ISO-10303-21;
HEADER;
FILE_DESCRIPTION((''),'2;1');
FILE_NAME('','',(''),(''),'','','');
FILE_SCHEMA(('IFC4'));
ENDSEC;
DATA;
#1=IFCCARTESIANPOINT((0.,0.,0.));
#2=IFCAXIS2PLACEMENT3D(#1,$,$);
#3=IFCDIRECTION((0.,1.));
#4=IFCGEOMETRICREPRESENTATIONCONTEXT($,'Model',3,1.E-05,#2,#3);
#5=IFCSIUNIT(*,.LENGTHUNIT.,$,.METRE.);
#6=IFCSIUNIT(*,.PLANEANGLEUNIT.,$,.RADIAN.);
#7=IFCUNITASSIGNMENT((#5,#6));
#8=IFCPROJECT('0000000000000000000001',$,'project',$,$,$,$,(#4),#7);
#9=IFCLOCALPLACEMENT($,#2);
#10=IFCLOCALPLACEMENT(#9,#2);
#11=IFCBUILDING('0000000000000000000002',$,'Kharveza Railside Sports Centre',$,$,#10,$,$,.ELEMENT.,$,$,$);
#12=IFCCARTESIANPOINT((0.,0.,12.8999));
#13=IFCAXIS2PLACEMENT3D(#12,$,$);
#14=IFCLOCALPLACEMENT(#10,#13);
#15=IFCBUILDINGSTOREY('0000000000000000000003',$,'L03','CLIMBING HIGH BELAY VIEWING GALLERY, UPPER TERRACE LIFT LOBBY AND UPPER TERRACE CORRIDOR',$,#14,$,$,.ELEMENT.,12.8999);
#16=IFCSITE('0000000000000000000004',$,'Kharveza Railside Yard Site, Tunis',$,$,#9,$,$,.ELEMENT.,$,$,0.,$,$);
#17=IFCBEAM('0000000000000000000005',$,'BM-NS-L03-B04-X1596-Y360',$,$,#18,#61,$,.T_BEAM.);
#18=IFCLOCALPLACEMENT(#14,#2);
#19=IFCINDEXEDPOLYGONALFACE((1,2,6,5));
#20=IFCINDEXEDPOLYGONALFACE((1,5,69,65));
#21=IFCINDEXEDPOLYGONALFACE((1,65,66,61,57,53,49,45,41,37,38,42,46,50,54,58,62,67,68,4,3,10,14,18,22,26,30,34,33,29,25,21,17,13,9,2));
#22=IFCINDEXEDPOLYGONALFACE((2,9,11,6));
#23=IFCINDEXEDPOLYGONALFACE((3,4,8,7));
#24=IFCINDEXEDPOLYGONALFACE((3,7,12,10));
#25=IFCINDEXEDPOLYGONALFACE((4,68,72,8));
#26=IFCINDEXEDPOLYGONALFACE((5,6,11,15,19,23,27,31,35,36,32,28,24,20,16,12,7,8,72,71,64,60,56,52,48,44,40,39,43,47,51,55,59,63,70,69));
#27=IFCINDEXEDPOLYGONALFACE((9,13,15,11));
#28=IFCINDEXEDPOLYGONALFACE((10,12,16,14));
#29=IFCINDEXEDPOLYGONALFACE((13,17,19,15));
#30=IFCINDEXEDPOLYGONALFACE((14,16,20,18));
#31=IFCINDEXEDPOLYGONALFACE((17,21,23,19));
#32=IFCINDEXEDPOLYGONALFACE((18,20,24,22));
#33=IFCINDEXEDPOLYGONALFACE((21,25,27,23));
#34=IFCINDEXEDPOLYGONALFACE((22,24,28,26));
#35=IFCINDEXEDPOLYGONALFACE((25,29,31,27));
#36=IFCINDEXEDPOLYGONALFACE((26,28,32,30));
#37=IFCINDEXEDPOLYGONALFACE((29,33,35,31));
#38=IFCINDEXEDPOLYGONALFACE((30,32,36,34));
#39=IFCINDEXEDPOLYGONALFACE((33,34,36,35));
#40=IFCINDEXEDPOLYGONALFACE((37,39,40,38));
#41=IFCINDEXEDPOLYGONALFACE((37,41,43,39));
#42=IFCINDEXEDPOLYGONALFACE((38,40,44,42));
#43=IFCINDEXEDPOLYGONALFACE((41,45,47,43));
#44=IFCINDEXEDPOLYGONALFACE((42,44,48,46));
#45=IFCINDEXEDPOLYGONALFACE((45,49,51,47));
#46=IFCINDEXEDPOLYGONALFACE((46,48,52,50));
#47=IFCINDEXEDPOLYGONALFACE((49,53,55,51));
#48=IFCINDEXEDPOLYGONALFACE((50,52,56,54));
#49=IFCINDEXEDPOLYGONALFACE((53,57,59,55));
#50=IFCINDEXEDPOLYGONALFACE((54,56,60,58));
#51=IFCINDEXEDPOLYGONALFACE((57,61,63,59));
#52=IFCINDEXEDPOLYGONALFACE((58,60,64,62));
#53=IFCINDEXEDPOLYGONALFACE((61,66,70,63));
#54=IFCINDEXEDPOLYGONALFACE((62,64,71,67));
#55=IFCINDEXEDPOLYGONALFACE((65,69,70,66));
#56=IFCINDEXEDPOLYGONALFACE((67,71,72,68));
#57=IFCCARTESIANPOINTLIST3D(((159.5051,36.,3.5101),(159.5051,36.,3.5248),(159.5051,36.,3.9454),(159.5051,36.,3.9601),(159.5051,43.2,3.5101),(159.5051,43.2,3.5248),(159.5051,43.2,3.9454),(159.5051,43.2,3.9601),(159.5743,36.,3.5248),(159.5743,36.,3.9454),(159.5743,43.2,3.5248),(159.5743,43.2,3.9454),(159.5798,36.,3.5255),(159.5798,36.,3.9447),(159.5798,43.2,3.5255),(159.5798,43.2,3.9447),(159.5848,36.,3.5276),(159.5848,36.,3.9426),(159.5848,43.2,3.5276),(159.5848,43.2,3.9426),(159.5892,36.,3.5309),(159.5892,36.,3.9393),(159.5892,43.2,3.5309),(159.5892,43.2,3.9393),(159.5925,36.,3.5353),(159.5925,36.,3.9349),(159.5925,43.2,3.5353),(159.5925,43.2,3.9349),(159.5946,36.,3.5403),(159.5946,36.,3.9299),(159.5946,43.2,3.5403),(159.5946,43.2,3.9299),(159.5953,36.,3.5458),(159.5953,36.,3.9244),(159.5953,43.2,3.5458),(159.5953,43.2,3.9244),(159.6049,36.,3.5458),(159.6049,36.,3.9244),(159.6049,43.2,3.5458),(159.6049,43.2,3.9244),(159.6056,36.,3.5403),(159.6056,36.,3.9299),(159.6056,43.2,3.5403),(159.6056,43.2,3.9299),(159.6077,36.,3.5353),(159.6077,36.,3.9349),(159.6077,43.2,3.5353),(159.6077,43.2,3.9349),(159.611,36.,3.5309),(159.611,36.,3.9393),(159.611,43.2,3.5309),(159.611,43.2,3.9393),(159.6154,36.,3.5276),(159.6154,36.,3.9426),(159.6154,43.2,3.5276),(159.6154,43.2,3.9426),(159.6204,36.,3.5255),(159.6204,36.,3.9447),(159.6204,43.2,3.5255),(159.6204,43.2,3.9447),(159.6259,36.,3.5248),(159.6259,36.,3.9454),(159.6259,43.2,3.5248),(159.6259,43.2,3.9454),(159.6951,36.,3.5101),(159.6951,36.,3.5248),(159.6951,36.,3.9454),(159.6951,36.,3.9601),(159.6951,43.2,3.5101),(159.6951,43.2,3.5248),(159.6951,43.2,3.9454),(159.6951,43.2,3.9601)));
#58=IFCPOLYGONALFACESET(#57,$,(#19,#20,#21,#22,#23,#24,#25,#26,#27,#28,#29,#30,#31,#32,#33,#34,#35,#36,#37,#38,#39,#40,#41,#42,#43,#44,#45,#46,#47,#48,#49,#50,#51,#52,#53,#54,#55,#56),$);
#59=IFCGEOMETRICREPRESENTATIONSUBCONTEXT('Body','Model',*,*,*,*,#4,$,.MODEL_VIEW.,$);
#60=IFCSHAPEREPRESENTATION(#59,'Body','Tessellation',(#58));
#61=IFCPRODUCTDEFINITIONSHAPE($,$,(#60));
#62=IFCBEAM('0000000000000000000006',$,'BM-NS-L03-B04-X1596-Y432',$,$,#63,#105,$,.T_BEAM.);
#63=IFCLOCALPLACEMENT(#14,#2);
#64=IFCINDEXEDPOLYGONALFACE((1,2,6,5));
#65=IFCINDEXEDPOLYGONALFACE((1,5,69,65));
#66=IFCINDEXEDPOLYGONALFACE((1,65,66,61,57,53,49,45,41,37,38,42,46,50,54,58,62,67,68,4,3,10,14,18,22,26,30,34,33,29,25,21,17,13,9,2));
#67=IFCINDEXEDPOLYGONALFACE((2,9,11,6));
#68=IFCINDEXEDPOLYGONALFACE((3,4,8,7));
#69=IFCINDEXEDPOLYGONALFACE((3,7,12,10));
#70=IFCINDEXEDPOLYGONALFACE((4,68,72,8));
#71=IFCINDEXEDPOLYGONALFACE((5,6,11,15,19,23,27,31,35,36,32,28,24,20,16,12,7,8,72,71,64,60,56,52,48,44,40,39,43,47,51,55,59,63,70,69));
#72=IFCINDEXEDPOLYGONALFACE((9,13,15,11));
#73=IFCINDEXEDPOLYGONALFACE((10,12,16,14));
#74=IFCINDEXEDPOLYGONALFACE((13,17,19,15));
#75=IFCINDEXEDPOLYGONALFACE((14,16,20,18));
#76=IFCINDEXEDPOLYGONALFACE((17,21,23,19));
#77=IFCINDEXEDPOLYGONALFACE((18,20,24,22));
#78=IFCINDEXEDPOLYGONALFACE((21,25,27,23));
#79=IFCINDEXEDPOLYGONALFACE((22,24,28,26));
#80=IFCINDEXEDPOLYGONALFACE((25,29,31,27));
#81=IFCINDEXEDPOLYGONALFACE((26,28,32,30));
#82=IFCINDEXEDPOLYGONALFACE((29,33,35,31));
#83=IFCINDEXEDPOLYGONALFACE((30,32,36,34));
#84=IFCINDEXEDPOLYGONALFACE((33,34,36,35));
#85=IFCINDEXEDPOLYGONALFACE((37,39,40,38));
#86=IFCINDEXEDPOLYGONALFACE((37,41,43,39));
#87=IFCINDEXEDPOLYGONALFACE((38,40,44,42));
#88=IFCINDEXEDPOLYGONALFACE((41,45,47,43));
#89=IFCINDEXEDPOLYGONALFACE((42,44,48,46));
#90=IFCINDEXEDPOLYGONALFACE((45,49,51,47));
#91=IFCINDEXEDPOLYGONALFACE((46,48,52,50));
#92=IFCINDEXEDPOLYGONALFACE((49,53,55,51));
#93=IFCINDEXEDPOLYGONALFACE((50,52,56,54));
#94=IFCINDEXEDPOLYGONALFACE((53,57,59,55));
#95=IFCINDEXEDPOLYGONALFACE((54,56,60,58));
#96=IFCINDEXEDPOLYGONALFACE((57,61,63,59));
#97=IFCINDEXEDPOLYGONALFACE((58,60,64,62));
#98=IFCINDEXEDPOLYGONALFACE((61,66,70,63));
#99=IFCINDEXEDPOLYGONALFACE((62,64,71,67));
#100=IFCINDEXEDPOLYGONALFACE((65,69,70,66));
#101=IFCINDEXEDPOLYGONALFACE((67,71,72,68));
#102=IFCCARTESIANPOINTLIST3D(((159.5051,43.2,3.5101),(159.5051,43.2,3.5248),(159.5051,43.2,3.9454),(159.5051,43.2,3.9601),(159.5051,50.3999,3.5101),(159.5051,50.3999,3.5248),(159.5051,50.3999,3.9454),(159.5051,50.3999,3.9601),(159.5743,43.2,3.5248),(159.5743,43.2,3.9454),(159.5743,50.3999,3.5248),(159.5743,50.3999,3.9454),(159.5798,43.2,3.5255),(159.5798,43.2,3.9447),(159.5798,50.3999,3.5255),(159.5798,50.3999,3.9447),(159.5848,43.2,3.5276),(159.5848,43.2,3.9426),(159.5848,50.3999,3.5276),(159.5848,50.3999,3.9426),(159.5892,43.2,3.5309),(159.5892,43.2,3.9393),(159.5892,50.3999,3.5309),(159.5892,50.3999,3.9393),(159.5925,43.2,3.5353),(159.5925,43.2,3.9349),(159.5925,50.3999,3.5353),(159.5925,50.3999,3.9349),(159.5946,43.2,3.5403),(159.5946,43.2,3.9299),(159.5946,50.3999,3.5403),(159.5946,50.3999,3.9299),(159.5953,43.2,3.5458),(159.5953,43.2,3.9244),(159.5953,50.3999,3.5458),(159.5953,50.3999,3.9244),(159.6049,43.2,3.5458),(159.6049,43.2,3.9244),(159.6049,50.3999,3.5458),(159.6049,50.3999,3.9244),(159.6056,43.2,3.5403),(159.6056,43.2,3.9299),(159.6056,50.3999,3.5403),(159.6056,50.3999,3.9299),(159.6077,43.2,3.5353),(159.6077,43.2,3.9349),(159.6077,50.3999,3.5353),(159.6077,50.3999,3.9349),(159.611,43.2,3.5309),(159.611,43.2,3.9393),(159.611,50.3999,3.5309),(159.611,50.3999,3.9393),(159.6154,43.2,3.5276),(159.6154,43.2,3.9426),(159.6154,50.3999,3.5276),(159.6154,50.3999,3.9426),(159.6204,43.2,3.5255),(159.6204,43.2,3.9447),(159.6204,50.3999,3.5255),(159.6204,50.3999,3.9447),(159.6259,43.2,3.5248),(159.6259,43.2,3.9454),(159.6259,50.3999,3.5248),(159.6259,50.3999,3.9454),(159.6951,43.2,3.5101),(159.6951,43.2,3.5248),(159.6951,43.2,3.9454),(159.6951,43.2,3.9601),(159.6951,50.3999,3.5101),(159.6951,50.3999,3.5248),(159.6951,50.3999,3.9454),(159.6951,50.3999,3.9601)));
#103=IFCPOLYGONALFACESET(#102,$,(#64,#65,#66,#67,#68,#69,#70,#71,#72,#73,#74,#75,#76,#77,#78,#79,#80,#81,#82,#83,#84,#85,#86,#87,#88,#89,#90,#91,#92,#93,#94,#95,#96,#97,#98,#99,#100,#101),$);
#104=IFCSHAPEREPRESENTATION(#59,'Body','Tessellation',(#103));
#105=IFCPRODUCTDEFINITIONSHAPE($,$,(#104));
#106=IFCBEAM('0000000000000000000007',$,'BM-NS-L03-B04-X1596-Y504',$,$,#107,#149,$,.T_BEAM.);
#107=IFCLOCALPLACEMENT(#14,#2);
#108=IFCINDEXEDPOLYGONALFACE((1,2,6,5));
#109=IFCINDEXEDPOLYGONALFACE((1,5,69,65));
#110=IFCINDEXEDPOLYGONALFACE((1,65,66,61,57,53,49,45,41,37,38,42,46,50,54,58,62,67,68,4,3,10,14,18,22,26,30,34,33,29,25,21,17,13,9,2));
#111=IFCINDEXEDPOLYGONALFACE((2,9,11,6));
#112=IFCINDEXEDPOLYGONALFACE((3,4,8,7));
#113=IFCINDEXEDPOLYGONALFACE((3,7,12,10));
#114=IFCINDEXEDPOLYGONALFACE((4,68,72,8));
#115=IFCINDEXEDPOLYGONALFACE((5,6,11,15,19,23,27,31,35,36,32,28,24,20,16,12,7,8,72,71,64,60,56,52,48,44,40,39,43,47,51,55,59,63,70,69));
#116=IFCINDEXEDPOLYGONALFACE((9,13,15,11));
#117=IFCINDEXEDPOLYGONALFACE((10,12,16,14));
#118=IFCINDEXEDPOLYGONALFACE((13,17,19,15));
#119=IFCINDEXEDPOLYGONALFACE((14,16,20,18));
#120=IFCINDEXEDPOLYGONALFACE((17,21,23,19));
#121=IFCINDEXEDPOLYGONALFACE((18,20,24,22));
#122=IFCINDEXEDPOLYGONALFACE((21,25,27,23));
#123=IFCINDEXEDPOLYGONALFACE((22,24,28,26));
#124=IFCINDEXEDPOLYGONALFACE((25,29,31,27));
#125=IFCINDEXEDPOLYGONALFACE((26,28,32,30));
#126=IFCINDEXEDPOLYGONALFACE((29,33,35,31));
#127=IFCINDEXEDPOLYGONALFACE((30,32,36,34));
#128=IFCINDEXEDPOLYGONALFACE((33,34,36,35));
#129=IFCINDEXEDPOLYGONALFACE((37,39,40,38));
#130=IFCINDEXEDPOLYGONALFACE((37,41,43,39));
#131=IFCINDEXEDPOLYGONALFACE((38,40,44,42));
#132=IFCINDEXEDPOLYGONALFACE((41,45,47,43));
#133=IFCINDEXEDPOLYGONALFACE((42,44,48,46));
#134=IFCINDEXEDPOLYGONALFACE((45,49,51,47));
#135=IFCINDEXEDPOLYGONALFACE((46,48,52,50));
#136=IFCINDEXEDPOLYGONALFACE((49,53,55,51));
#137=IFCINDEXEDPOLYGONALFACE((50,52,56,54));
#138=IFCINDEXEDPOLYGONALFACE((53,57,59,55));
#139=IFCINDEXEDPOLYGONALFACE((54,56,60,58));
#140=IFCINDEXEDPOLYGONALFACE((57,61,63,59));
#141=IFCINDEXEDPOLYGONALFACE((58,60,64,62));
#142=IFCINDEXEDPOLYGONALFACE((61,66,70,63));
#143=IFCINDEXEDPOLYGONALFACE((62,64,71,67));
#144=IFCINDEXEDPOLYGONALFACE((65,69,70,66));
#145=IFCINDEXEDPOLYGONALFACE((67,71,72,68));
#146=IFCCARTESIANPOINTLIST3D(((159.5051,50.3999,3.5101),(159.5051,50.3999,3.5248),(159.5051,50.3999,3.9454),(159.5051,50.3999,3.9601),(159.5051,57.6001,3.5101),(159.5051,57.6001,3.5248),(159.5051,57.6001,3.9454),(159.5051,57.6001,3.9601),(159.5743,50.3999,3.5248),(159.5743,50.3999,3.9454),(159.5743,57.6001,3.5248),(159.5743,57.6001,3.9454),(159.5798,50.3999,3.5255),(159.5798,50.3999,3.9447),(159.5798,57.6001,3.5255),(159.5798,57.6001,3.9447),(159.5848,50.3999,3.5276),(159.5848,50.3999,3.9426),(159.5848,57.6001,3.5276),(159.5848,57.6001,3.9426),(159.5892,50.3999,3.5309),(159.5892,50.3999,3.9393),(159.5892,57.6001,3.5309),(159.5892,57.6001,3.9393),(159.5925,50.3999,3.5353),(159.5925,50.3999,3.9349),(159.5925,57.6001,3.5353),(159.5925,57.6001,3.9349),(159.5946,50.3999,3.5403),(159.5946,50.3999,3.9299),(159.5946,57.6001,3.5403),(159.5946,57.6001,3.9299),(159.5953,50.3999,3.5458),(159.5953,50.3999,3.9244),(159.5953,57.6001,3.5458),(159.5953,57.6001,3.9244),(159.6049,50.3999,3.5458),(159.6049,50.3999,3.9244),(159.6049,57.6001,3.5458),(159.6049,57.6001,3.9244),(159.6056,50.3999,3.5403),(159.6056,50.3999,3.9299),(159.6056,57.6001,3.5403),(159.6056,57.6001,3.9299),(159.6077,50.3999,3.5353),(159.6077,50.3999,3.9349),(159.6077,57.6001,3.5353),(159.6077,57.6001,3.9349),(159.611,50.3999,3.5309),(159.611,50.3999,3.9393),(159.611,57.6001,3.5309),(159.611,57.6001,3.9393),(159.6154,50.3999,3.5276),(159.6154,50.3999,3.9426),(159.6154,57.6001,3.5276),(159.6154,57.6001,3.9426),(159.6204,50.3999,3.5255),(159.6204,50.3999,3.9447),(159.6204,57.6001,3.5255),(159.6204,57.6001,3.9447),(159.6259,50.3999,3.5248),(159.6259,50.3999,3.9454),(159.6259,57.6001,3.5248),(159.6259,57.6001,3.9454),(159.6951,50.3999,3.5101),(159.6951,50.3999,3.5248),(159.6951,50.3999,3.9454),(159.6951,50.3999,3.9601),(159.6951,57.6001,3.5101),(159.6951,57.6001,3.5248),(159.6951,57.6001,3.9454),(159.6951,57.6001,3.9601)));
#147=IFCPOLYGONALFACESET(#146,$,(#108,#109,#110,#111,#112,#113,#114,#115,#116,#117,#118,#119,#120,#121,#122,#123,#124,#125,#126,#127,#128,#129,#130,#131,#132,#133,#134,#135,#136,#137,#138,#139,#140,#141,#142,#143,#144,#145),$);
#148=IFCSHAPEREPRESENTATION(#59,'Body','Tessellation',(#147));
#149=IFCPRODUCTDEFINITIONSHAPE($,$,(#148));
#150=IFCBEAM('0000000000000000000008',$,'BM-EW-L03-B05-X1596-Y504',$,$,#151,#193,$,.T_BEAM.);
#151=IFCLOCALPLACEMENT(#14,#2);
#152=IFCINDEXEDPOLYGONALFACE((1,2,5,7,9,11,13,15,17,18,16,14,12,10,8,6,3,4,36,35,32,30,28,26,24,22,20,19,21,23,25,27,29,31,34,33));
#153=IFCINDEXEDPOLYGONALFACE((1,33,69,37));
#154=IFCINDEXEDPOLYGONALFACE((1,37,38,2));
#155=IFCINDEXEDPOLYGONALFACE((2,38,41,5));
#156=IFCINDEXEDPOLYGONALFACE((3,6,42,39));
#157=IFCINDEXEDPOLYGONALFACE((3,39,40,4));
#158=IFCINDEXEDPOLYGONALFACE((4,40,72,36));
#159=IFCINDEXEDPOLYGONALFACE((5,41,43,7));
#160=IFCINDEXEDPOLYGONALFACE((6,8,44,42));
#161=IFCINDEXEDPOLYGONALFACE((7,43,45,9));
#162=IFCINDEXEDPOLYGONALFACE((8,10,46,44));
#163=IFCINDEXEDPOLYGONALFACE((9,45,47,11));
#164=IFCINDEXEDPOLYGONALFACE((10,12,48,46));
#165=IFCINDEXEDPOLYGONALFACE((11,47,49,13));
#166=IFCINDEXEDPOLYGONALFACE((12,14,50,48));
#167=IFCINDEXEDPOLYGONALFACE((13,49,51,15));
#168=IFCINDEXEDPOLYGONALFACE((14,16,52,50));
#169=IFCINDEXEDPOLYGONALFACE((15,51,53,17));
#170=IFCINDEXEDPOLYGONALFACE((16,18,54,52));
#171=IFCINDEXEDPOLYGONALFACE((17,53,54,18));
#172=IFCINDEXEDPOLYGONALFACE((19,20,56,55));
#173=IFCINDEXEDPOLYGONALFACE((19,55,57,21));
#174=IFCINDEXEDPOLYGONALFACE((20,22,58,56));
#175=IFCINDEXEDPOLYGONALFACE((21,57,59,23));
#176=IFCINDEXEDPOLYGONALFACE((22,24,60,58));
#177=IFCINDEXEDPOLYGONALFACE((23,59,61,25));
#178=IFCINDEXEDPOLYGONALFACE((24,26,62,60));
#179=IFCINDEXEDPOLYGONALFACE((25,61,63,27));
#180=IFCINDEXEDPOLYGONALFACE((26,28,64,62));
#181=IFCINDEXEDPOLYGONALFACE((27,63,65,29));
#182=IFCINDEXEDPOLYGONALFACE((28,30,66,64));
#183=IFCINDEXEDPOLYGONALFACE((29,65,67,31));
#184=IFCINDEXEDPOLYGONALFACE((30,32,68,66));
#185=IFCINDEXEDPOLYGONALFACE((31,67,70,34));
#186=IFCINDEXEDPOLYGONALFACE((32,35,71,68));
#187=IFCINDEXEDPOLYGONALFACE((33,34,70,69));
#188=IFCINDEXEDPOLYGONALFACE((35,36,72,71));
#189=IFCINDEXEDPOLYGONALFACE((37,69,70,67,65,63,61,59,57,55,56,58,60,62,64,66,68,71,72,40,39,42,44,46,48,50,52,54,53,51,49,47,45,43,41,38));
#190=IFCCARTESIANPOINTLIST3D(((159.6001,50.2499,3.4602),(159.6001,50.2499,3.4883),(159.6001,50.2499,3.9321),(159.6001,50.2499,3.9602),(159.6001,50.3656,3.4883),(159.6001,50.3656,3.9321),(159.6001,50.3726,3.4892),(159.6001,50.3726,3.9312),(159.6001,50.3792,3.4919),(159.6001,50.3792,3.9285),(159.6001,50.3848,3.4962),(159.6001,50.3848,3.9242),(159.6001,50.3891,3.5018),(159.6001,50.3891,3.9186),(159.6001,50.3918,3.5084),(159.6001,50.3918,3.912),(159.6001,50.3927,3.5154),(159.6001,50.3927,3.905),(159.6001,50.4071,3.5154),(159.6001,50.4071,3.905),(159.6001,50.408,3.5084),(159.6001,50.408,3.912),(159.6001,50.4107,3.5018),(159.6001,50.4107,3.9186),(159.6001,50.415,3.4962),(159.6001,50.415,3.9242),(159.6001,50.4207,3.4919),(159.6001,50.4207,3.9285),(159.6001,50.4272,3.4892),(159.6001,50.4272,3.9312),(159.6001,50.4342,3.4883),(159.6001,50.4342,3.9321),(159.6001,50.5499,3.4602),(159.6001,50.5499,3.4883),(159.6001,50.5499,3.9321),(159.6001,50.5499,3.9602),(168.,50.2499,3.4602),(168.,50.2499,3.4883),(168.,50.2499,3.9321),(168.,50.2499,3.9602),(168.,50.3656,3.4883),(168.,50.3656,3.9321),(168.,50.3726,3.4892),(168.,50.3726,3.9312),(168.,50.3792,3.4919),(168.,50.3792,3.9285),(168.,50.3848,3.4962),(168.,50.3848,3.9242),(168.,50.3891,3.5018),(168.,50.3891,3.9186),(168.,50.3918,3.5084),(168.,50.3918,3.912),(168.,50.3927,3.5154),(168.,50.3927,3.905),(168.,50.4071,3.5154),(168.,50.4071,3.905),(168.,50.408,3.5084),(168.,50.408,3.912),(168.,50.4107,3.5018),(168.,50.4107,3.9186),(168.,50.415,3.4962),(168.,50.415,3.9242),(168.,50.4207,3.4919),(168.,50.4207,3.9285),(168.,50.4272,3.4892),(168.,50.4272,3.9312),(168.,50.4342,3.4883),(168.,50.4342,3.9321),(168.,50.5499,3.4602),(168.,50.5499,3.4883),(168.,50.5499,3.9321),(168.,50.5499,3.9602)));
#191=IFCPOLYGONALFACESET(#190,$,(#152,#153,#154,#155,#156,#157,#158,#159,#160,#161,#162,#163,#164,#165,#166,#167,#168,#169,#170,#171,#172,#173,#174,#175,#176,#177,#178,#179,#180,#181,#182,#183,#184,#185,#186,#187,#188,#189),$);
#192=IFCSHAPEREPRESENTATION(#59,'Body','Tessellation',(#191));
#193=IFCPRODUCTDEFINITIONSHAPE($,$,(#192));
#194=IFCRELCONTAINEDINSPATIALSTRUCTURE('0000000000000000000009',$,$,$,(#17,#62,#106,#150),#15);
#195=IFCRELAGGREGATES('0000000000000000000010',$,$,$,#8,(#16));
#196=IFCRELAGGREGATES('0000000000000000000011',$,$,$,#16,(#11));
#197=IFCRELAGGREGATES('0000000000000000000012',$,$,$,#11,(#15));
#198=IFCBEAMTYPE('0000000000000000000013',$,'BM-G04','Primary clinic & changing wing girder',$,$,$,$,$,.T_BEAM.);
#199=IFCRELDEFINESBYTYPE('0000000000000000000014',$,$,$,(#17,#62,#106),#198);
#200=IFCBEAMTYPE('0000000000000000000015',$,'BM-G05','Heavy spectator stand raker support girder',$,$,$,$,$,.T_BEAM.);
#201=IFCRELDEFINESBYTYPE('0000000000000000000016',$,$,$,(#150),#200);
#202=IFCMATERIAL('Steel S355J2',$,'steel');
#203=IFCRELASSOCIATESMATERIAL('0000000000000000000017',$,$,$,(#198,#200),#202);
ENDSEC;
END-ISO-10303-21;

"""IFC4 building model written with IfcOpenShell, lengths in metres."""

from ifc_helpers import new_model, si_unit, direction, frame, origin, origin_2d, place, context, subcontext, project, spatial, i_section, extrude, material, material_profile, profile_set, type_object, element, save


model = new_model("IFC4")

# Units and contexts
model_context = context("Model", 3, precision=1e-05, world=origin(), true_north=direction((0.0, 1.0)))
body_context = subcontext(model_context, "Body", "Model", "MODEL_VIEW")
ifc_project = project(units=[si_unit("LENGTHUNIT", "METRE"), si_unit("PLANEANGLEUNIT", "RADIAN")], contexts=[model_context])

# Site, building, storey
site_placement = place(None, origin())
site = spatial("IfcSite", under=ifc_project, at=site_placement, Name="Kharveza Railside Yard Site, Tunis", CompositionType="ELEMENT", RefElevation=0.0)
building_placement = place(site_placement, origin())
building = spatial("IfcBuilding", under=site, at=building_placement, Name="Kharveza Railside Sports Centre", CompositionType="ELEMENT")
storey_placement = place(building_placement, frame((0.0, 0.0, 12.8999)))
storey = spatial("IfcBuildingStorey", under=building, at=storey_placement, Name="L03", Description="CLIMBING HIGH BELAY VIEWING GALLERY, UPPER TERRACE LIFT LOBBY AND UPPER TERRACE CORRIDOR", CompositionType="ELEMENT", Elevation=12.8999)

# Shared definitions
ifc_material_1 = material(Name="Steel S355J2", Category="steel")

# Beams
ifc_material_profile_1 = material_profile(ifc_material_1, i_section(OverallWidth=0.1899, OverallDepth=0.45, WebThickness=0.0095, FlangeThickness=0.0146, FilletRadius=0.021, at=origin_2d()), Name="IPE 450")
ifc_profile_set_1 = profile_set([ifc_material_profile_1], Name="Steel S355J2")
beam_type_1 = type_object("IfcBeamType", Name="BM-G04", Description="Primary clinic & changing wing girder", PredefinedType="T_BEAM", material=ifc_profile_set_1)
for number, where, z_axis, x_axis, name in (
    (1, (159.6001, 36.0, 3.7351), (0.0, 1.0, 0.0), (-1.0, 0.0, 0.0), "BM-NS-L03-B04-X1596-Y360"),
    (2, (159.6001, 43.2, 3.7351), (0.0, 1.0, 0.0), (-1.0, 0.0, 0.0), "BM-NS-L03-B04-X1596-Y432"),
):
    element("IfcBeam", number, at=place(storey_placement, frame(where, z_axis=z_axis, x_axis=x_axis)), inside=storey, type_object=beam_type_1, Name=name, PredefinedType="T_BEAM", context=body_context, shape_type="SweptSolid", body=[
        extrude(i_section(OverallWidth=0.1899, OverallDepth=0.45, WebThickness=0.0095, FlangeThickness=0.0146, FilletRadius=0.021, at=origin_2d()), origin(), (0.0, 0.0, 1.0), 7.2),
    ])
beam_1_placement = place(storey_placement, frame((159.6001, 50.3999, 3.7351), z_axis=(0.0, 1.0, 0.0), x_axis=(-1.0, 0.0, 0.0)))
element("IfcBeam", 3, at=beam_1_placement, inside=storey, type_object=beam_type_1, Name="BM-NS-L03-B04-X1596-Y504", PredefinedType="T_BEAM", context=body_context, shape_type="SweptSolid", body=[
    extrude(i_section(OverallWidth=0.1899, OverallDepth=0.45, WebThickness=0.0095, FlangeThickness=0.0146, FilletRadius=0.021, at=origin_2d()), origin(), (0.0, 0.0, 1.0), 7.2002),
])
ifc_material_profile_2 = material_profile(ifc_material_1, i_section(OverallWidth=0.3, OverallDepth=0.5, WebThickness=0.0144, FlangeThickness=0.0281, FilletRadius=0.0271, at=origin_2d()), Name="HEB 500")
ifc_profile_set_2 = profile_set([ifc_material_profile_2], Name="Steel S355J2")
beam_type_2 = type_object("IfcBeamType", Name="BM-G05", Description="Heavy spectator stand raker support girder", PredefinedType="T_BEAM", material=ifc_profile_set_2)
beam_2_placement = place(storey_placement, frame((159.6001, 50.3999, 3.7102), z_axis=(1.0, 0.0, 0.0), x_axis=(0.0, 1.0, 0.0)))
element("IfcBeam", 4, at=beam_2_placement, inside=storey, type_object=beam_type_2, Name="BM-EW-L03-B05-X1596-Y504", PredefinedType="T_BEAM", context=body_context, shape_type="SweptSolid", body=[
    extrude(i_section(OverallWidth=0.3, OverallDepth=0.5, WebThickness=0.0144, FlangeThickness=0.0281, FilletRadius=0.0271, at=origin_2d()), origin(), (0.0, 0.0, 1.0), 8.3999),
])

save(model, "model.ifc")
